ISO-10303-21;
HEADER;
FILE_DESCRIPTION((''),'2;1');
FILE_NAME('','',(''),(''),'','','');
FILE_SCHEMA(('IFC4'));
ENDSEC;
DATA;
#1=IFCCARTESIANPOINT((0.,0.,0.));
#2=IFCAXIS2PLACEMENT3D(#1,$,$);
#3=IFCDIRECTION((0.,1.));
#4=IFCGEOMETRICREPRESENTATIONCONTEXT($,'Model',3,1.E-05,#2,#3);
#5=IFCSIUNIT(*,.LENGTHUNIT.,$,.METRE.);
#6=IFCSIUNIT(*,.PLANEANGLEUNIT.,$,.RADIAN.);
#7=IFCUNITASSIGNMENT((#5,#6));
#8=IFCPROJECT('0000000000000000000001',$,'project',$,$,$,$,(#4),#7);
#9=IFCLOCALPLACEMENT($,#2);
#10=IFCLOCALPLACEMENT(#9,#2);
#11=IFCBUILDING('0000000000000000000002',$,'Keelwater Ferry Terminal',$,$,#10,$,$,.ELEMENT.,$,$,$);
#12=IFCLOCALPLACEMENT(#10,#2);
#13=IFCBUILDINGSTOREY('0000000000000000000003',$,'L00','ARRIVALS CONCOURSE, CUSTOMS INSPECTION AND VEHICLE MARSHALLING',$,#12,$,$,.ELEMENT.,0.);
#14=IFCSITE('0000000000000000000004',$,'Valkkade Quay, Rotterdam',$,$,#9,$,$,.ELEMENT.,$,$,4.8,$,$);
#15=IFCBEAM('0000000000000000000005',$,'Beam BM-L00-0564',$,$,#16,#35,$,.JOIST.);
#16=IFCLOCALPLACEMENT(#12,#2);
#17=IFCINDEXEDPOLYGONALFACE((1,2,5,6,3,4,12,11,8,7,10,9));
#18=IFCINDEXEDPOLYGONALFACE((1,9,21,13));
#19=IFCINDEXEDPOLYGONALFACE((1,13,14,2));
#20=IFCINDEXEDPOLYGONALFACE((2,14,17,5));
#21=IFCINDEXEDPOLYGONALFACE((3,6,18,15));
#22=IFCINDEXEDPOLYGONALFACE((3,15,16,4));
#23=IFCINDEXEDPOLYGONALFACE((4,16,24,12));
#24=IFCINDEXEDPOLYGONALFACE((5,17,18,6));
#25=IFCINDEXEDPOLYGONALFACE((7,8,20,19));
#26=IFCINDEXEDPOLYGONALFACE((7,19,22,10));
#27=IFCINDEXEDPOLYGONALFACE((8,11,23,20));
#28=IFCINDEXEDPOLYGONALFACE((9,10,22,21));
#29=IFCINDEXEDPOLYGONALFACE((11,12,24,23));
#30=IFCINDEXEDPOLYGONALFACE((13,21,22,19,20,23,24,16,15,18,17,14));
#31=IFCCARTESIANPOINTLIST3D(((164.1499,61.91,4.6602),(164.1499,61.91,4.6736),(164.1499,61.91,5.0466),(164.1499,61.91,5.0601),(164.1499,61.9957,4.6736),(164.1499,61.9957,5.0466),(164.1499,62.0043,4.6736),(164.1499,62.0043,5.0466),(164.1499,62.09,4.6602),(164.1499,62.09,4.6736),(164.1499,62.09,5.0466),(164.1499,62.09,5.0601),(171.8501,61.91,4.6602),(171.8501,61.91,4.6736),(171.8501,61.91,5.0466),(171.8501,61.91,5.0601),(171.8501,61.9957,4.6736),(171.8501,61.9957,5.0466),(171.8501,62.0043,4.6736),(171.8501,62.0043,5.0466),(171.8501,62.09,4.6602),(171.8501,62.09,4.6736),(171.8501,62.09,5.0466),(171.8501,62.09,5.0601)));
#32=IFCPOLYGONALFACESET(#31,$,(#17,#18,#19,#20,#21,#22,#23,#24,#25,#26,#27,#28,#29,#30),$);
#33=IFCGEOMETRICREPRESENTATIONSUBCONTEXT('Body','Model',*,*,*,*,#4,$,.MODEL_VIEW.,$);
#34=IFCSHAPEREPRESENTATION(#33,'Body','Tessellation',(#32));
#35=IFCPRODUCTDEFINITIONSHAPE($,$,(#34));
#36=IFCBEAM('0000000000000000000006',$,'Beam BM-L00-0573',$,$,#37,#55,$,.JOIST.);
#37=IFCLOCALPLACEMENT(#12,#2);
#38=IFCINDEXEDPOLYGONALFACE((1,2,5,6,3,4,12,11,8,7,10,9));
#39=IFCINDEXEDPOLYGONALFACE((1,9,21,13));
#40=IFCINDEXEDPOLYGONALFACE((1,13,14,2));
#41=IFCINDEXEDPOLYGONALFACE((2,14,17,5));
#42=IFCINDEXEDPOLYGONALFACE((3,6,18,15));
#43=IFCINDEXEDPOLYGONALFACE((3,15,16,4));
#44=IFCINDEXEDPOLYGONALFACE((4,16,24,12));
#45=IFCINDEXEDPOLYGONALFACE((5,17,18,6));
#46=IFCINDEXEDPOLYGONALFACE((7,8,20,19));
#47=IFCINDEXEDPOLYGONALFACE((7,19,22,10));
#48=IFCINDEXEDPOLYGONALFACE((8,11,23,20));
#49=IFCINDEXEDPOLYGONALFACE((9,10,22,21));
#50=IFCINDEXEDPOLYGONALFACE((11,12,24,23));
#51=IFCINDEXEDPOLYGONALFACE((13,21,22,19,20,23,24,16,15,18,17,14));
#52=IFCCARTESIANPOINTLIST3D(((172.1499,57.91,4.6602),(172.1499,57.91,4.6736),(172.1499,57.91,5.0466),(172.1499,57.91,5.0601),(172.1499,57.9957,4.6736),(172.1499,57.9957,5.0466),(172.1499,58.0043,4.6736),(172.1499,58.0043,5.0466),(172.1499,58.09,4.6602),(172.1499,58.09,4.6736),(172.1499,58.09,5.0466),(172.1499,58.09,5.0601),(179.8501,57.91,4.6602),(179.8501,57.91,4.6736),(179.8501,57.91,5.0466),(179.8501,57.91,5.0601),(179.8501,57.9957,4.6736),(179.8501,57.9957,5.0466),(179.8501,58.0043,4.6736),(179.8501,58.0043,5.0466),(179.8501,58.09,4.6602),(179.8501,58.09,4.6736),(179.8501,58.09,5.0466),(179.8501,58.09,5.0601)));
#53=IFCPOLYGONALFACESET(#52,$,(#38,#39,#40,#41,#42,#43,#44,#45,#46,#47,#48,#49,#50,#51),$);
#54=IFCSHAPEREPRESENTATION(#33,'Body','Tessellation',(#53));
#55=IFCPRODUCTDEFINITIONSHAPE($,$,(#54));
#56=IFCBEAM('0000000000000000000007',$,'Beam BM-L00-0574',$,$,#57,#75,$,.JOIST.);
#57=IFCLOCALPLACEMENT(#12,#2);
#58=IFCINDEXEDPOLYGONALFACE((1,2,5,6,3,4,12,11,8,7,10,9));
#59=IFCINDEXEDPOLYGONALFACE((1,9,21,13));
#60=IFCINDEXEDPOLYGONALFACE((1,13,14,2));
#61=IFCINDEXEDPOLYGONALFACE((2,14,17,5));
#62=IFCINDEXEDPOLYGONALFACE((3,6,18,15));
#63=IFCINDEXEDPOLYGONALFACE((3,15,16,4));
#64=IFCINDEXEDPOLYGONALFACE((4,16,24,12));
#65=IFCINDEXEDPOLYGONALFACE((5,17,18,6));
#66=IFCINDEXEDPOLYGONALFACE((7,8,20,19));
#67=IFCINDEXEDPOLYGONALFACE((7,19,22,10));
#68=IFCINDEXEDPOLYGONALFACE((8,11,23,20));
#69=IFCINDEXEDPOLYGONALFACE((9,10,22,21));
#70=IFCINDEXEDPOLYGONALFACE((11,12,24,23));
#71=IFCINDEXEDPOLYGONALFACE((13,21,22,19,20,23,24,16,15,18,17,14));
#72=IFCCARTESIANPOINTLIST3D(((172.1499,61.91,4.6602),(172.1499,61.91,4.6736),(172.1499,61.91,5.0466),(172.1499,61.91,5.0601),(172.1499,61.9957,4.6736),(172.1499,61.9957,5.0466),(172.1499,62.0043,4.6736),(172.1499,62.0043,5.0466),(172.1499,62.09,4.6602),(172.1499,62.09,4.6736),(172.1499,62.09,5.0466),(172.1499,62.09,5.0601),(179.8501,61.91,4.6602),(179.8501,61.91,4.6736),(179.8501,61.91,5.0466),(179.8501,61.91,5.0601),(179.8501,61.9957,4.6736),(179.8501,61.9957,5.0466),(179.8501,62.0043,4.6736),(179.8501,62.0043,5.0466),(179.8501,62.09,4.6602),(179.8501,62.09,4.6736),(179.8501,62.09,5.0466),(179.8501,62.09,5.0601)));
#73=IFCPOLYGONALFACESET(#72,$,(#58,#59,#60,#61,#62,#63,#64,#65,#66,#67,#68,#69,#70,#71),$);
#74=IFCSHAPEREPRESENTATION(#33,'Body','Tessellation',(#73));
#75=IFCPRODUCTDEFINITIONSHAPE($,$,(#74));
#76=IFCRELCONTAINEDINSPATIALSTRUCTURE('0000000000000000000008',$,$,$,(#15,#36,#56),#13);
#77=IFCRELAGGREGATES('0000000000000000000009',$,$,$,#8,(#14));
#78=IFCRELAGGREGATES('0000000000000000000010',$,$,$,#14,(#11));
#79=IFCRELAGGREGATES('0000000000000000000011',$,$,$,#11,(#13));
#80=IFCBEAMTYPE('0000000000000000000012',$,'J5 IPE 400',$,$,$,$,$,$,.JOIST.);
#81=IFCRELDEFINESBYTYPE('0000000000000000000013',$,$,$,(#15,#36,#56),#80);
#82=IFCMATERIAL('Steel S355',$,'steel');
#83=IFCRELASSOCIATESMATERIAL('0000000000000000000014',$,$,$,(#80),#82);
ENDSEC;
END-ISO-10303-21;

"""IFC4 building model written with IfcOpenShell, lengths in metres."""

from ifc_helpers import new_model, si_unit, direction, frame, origin, origin_2d, place, context, subcontext, project, spatial, i_section, extrude, material, material_profile, profile_set, type_object, element, save


model = new_model("IFC4")

# Units and contexts
model_context = context("Model", 3, precision=1e-05, world=origin(), true_north=direction((0.0, 1.0)))
body_context = subcontext(model_context, "Body", "Model", "MODEL_VIEW")
ifc_project = project(units=[si_unit("LENGTHUNIT", "METRE"), si_unit("PLANEANGLEUNIT", "RADIAN")], contexts=[model_context])

# Site, building, storey
site_placement = place(None, origin())
site = spatial("IfcSite", under=ifc_project, at=site_placement, Name="Valkkade Quay, Rotterdam", CompositionType="ELEMENT", RefElevation=4.8)
building_placement = place(site_placement, origin())
building = spatial("IfcBuilding", under=site, at=building_placement, Name="Keelwater Ferry Terminal", CompositionType="ELEMENT")
storey_placement = place(building_placement, origin())
storey = spatial("IfcBuildingStorey", under=building, at=storey_placement, Name="L00", Description="ARRIVALS CONCOURSE, CUSTOMS INSPECTION AND VEHICLE MARSHALLING", CompositionType="ELEMENT", Elevation=0.0)

# Beams
ifc_material_1 = material(Name="Steel S355", Category="steel")
ifc_material_profile_1 = material_profile(ifc_material_1, i_section(OverallWidth=0.1799, OverallDepth=0.3999, WebThickness=0.0085, FlangeThickness=0.0134, at=origin_2d()), Name="IPE 400")
ifc_profile_set_1 = profile_set([ifc_material_profile_1], Name="Steel S355")
beam_type_1 = type_object("IfcBeamType", Name="J5 IPE 400", PredefinedType="JOIST", material=ifc_profile_set_1)
for number, where, z_axis, x_axis, name in (
    (1, (164.1499, 62.0, 4.8601), (1.0, 0.0, 0.0), (0.0, 1.0, 0.0), "Beam BM-L00-0564"),
    (2, (172.1499, 58.0, 4.8601), (1.0, 0.0, 0.0), (0.0, 1.0, 0.0), "Beam BM-L00-0573"),
    (3, (172.1499, 62.0, 4.8601), (1.0, 0.0, 0.0), (0.0, 1.0, 0.0), "Beam BM-L00-0574"),
):
    element("IfcBeam", number, at=place(storey_placement, frame(where, z_axis=z_axis, x_axis=x_axis)), inside=storey, type_object=beam_type_1, Name=name, PredefinedType="JOIST", context=body_context, shape_type="SweptSolid", body=[
        extrude(i_section(OverallWidth=0.1799, OverallDepth=0.3999, WebThickness=0.0085, FlangeThickness=0.0134, at=origin_2d()), origin(), (0.0, 0.0, 1.0), 7.7002),
    ])

save(model, "model.ifc")
